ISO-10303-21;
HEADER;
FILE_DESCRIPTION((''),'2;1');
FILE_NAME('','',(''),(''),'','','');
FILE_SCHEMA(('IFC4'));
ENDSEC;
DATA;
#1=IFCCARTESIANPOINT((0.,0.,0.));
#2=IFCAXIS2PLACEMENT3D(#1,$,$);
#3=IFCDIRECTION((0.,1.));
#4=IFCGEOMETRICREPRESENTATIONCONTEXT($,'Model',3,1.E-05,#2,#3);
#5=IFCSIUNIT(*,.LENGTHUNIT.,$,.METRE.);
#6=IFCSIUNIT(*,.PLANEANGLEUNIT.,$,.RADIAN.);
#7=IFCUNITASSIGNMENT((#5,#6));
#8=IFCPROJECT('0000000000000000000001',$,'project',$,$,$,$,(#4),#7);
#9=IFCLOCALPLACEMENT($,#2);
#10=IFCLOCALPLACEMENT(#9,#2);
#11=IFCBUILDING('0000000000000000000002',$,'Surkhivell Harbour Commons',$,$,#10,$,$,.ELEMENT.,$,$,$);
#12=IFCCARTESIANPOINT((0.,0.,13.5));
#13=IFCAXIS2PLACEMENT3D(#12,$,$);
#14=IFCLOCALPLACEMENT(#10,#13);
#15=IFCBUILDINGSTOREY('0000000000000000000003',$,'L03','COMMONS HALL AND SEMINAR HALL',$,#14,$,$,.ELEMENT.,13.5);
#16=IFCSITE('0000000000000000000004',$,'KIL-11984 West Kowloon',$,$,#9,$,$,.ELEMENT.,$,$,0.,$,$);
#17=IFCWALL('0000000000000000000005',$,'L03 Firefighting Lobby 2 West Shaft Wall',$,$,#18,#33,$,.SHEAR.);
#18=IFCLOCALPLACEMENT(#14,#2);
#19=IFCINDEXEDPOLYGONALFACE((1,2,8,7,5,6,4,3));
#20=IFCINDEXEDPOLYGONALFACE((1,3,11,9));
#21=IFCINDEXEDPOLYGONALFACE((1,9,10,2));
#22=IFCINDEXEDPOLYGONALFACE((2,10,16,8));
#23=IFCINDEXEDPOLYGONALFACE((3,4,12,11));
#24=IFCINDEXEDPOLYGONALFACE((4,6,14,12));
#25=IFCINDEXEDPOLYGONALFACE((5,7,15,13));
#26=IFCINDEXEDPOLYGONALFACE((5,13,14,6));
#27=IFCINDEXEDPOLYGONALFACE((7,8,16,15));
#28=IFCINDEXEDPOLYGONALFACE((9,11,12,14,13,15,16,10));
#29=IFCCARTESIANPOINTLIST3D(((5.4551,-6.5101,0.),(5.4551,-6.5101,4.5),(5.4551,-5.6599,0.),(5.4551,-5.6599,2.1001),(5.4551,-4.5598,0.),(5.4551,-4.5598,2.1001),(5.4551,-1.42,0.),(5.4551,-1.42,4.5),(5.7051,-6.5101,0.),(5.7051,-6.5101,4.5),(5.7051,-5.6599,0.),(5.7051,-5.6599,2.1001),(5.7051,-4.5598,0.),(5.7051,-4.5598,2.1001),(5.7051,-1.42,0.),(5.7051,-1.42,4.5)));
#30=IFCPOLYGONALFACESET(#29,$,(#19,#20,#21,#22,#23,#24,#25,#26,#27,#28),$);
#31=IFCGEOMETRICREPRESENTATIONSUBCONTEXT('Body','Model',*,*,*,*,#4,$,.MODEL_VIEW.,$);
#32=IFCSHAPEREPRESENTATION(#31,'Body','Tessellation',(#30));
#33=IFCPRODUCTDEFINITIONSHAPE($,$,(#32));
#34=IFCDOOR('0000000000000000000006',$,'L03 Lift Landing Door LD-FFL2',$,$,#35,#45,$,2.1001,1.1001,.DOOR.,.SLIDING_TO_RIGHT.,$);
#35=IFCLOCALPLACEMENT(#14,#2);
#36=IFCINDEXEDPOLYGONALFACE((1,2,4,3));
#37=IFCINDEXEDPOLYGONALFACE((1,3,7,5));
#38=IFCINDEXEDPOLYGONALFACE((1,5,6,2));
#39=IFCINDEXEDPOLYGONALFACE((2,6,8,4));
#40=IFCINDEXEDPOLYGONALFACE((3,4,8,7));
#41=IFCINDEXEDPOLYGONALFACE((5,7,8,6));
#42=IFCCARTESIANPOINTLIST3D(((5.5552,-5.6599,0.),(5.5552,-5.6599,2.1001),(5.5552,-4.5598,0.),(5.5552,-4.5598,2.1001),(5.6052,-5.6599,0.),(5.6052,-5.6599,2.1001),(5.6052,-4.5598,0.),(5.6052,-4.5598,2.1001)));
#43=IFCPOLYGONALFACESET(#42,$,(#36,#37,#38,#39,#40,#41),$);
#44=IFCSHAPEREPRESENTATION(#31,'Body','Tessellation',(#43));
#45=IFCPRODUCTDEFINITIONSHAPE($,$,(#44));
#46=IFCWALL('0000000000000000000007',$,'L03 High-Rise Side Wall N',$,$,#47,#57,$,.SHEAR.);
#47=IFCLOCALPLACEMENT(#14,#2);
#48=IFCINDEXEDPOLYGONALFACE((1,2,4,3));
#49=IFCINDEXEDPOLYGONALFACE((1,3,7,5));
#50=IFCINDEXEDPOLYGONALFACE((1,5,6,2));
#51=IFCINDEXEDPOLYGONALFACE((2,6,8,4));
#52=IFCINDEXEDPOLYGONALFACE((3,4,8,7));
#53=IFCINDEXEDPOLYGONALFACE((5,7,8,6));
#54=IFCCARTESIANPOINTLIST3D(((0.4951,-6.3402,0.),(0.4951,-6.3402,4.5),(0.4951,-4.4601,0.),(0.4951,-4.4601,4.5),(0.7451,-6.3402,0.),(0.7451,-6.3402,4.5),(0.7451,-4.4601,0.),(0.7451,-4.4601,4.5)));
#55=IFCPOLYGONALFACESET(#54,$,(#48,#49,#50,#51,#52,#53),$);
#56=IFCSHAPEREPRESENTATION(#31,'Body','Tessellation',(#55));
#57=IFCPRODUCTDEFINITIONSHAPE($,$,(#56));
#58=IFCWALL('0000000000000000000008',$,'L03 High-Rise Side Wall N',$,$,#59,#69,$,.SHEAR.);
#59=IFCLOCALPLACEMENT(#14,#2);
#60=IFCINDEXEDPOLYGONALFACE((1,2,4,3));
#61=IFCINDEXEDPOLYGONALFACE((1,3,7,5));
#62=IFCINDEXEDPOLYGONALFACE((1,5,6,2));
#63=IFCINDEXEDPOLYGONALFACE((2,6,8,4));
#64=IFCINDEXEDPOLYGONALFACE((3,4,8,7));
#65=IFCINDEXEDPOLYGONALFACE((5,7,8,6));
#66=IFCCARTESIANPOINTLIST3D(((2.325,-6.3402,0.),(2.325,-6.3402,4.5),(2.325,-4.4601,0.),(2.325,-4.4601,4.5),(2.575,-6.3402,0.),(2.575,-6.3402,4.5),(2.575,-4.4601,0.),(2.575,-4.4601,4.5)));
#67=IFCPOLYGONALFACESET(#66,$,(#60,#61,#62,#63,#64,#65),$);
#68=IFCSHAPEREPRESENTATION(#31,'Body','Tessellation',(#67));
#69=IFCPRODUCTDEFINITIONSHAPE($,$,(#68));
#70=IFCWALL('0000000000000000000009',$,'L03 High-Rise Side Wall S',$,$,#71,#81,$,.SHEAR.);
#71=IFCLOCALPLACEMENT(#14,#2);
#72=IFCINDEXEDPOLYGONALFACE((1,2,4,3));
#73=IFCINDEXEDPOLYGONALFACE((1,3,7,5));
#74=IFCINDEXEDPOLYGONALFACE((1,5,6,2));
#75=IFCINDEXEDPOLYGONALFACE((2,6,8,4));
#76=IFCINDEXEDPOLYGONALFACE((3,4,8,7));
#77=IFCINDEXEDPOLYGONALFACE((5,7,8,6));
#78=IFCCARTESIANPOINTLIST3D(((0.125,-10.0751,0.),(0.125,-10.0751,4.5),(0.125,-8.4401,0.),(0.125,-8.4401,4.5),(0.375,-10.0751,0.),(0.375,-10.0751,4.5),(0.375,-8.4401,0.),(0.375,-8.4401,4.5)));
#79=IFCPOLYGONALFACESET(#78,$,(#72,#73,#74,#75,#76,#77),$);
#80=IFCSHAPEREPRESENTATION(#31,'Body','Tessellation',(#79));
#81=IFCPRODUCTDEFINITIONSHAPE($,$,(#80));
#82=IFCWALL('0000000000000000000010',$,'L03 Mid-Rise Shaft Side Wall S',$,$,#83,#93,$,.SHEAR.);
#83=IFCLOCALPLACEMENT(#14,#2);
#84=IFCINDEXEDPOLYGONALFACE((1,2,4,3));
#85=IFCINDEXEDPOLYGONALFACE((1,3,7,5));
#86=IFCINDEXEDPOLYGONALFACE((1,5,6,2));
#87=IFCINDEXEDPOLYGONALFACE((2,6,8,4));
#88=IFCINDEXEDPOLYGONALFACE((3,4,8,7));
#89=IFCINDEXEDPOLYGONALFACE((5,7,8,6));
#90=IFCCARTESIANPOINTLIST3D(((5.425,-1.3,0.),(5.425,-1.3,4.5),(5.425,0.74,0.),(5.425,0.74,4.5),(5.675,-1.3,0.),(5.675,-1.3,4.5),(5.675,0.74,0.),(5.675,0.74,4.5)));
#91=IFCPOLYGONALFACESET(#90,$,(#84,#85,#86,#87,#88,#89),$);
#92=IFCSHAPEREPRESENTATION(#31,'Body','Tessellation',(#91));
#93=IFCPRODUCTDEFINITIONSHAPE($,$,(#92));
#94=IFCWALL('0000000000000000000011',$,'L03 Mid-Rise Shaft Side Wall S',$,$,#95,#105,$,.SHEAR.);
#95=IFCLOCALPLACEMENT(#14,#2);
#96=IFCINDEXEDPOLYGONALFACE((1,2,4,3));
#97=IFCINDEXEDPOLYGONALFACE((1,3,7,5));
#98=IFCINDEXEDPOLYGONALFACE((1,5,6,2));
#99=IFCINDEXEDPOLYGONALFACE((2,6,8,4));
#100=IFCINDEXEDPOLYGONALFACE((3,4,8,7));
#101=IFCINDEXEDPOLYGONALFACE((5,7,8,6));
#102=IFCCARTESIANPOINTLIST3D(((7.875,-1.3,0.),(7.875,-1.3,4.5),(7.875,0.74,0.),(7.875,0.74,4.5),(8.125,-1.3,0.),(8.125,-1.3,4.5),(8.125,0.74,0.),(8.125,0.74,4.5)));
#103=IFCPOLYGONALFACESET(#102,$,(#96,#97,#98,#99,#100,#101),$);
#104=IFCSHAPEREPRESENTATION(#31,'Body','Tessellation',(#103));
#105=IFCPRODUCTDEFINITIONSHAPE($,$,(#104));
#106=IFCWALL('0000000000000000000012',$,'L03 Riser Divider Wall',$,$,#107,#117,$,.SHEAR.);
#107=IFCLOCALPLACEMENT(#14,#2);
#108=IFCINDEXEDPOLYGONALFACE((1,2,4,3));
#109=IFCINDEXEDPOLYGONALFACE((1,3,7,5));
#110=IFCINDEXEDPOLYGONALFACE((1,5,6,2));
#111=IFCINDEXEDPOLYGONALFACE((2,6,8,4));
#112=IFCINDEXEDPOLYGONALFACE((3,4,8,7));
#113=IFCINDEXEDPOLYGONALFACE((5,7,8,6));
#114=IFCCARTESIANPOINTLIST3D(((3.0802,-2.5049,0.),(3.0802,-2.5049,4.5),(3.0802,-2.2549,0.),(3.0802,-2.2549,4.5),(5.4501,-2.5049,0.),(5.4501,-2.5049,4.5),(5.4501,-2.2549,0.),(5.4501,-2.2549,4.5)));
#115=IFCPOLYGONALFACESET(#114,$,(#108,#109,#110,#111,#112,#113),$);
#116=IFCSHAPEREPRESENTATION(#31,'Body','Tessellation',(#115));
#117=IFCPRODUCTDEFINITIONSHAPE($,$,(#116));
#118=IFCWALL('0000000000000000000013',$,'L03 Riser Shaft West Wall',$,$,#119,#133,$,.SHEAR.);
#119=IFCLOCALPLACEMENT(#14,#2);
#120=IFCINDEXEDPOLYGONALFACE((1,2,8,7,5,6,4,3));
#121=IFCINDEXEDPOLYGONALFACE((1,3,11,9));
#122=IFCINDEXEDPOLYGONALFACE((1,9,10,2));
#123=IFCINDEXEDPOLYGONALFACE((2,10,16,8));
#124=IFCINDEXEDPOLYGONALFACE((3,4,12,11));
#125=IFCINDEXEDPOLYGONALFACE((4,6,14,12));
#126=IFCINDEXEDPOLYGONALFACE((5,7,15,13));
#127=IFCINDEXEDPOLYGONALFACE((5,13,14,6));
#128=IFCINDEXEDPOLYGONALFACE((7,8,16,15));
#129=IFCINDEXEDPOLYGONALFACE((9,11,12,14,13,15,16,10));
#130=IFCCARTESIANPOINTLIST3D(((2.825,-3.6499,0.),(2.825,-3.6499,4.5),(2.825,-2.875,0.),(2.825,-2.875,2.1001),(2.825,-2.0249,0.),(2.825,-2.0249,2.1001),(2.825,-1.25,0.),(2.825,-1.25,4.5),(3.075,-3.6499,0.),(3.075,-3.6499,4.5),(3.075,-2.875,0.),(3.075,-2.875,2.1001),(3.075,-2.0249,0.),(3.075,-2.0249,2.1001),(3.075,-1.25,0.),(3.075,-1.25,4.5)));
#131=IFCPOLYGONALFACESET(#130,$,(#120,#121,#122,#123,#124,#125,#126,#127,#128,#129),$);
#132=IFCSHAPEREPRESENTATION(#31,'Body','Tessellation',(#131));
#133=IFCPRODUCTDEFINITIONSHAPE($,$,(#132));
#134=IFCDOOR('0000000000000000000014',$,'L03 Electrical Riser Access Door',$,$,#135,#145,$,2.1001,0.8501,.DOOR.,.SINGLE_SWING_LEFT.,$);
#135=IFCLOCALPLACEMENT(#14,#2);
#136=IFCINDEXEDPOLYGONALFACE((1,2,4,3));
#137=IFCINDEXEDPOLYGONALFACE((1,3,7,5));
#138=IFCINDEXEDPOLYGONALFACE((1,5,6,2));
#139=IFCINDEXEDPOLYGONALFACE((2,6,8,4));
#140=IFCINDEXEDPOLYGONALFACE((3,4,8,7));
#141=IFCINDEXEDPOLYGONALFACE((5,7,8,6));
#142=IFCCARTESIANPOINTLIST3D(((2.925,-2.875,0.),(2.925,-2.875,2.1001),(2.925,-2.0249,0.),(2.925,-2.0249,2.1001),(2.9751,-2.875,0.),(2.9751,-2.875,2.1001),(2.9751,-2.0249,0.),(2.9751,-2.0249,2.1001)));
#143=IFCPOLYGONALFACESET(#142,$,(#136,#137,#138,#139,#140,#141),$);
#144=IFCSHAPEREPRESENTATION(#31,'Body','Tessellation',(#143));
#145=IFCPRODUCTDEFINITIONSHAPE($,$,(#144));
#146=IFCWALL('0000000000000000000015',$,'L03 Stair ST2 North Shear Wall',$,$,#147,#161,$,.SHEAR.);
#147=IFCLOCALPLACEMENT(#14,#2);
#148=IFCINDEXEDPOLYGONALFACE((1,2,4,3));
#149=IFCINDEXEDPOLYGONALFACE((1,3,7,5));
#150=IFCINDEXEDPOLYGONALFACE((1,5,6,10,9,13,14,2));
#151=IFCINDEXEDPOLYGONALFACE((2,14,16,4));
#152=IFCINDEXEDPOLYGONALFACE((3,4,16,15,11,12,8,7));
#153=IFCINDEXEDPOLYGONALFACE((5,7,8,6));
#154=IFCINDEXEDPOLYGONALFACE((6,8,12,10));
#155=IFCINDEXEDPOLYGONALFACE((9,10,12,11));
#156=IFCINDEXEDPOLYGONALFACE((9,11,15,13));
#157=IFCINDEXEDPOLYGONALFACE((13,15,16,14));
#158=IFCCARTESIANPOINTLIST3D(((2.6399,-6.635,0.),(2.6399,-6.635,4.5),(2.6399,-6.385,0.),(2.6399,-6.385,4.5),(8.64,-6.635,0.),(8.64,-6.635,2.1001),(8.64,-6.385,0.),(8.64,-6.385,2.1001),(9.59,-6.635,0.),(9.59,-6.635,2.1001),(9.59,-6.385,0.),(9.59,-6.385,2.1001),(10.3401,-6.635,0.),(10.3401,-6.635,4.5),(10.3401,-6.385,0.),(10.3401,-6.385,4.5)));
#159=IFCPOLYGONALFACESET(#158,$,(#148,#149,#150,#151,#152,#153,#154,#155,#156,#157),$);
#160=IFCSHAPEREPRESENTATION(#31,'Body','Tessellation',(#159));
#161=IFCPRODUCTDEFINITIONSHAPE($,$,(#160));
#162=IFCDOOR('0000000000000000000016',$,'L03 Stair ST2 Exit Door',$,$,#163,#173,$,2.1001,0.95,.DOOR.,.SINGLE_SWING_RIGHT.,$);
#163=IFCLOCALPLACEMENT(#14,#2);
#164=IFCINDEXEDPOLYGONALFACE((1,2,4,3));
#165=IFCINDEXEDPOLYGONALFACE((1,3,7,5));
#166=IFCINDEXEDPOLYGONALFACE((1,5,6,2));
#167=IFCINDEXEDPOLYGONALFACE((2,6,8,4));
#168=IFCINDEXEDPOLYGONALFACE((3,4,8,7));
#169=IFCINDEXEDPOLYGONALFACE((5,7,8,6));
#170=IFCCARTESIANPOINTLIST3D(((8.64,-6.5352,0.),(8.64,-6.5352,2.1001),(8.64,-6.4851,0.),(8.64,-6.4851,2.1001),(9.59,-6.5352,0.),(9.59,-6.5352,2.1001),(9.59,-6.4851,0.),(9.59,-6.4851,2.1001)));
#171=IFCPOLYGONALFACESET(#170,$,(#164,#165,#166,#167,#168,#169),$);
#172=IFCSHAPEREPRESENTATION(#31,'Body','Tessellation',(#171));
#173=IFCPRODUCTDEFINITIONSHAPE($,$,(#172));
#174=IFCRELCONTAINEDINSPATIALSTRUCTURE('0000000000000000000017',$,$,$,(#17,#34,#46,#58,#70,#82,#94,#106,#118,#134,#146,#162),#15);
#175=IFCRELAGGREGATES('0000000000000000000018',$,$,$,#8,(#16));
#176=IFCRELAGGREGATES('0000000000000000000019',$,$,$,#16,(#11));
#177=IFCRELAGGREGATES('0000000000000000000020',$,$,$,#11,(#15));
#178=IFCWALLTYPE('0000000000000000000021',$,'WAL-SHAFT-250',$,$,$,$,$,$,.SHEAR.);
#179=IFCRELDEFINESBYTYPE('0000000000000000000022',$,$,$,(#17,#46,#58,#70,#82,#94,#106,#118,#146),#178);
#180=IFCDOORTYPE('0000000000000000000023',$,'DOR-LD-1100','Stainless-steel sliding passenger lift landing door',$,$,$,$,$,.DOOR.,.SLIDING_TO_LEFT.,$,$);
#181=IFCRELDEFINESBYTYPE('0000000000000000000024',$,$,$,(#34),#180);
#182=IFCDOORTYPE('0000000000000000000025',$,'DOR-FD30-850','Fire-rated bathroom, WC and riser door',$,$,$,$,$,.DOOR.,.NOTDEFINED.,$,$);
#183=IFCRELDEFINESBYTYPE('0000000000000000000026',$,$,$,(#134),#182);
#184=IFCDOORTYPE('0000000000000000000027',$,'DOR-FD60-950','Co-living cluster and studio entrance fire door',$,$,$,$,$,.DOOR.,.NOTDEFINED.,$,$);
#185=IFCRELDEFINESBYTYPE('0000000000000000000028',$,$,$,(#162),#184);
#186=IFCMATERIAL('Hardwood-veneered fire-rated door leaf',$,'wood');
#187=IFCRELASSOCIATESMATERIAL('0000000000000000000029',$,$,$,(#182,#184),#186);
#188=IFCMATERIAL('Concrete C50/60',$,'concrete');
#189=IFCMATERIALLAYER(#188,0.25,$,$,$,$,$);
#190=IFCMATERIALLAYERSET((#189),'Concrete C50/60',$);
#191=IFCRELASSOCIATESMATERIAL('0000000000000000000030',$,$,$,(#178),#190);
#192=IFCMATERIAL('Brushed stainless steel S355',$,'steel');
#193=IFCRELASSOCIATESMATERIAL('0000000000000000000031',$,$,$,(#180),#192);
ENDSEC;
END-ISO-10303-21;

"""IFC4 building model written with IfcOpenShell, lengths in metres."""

from ifc_helpers import new_model, si_unit, direction, frame, frame_2d, origin, place, context, subcontext, project, spatial, rectangle, extrude, material, layer, layer_set, type_object, element, fill, save


model = new_model("IFC4")

# Units and contexts
model_context = context("Model", 3, precision=1e-05, world=origin(), true_north=direction((0.0, 1.0)))
body_context = subcontext(model_context, "Body", "Model", "MODEL_VIEW")
ifc_project = project(units=[si_unit("LENGTHUNIT", "METRE"), si_unit("PLANEANGLEUNIT", "RADIAN")], contexts=[model_context])

# Site, building, storey
site_placement = place(None, origin())
site = spatial("IfcSite", under=ifc_project, at=site_placement, Name="KIL-11984 West Kowloon", CompositionType="ELEMENT", RefElevation=0.0)
building_placement = place(site_placement, origin())
building = spatial("IfcBuilding", under=site, at=building_placement, Name="Surkhivell Harbour Commons", CompositionType="ELEMENT")
storey_placement = place(building_placement, frame((0.0, 0.0, 13.5)))
storey = spatial("IfcBuildingStorey", under=building, at=storey_placement, Name="L03", Description="COMMONS HALL AND SEMINAR HALL", CompositionType="ELEMENT", Elevation=13.5)

# Shared definitions
ifc_material_1 = material(Name="Hardwood-veneered fire-rated door leaf", Category="wood")

# Shared definitions
door_type_1 = type_object("IfcDoorType", Name="DOR-FD30-850", Description="Fire-rated bathroom, WC and riser door", OperationType="NOTDEFINED", PredefinedType="DOOR", material=ifc_material_1)

# Shared definitions
ifc_material_2 = material(Name="Concrete C50/60", Category="concrete")
ifc_layer_1 = layer(ifc_material_2, 0.25)
ifc_layer_set_1 = layer_set([ifc_layer_1], Name="Concrete C50/60")
wall_type_1 = type_object("IfcWallType", Name="WAL-SHAFT-250", PredefinedType="SHEAR", material=ifc_layer_set_1)

# Wall, opening, door
wall_1_placement = place(storey_placement, frame((5.5801, -6.51, 0.0), z_axis=(0.0, 0.0, 1.0), x_axis=(0.0, 1.0, 0.0)))
wall_1 = element("IfcWall", 1, at=wall_1_placement, inside=storey, type_object=wall_type_1, Name="L03 Firefighting Lobby 2 West Shaft Wall", PredefinedType="SHEAR", context=body_context, shape_type="SweptSolid", body=[
    extrude(rectangle(XDim=5.0901, YDim=0.25, at=frame_2d((2.5449, 0.0))), origin(), (0.0, 0.0, 1.0), 4.5),
])
opening_1_placement = place(wall_1_placement, frame((0.8501, 0.0, 0.0)))
opening_1 = element("IfcOpeningElement", 2, at=opening_1_placement, cuts=wall_1, PredefinedType="OPENING", context=body_context, shape_type="SweptSolid", body=[
    extrude(rectangle(XDim=1.1001, YDim=2.1001, at=frame_2d((0.55, 1.05))), frame((0.0, 0.135, 0.0), z_axis=(0.0, -1.0, 0.0), x_axis=(1.0, 0.0, 0.0)), (0.0, 0.0, 1.0), 0.27),
])
ifc_material_3 = material(Name="Brushed stainless steel S355", Category="steel")
door_type_2 = type_object("IfcDoorType", Name="DOR-LD-1100", Description="Stainless-steel sliding passenger lift landing door", OperationType="SLIDING_TO_LEFT", PredefinedType="DOOR", material=ifc_material_3)
door_1_placement = place(opening_1_placement, origin())
door_1 = element("IfcDoor", 3, at=door_1_placement, inside=storey, type_object=door_type_2, Name="L03 Lift Landing Door LD-FFL2", OperationType="SLIDING_TO_RIGHT", OverallHeight=2.1001, OverallWidth=1.1001, PredefinedType="DOOR", context=body_context, shape_type="SweptSolid", body=[
    extrude(rectangle(XDim=1.1001, YDim=2.1001, at=frame_2d((0.55, 1.05))), frame((0.0, 0.0249, 0.0), z_axis=(0.0, -1.0, 0.0), x_axis=(1.0, 0.0, 0.0)), (0.0, 0.0, 1.0), 0.05),
])
fill(opening_1, door_1)

# Walls
for number, where, z_axis, x_axis, name in (
    (4, (0.6201, -6.3401, 0.0), (0.0, 0.0, 1.0), (0.0, 1.0, 0.0), "L03 High-Rise Side Wall N"),
    (5, (2.45, -6.3401, 0.0), (0.0, 0.0, 1.0), (0.0, 1.0, 0.0), "L03 High-Rise Side Wall N"),
):
    element("IfcWall", number, at=place(storey_placement, frame(where, z_axis=z_axis, x_axis=x_axis)), inside=storey, type_object=wall_type_1, Name=name, PredefinedType="SHEAR", context=body_context, shape_type="SweptSolid", body=[
        extrude(rectangle(XDim=1.8801, YDim=0.25, at=frame_2d((0.9399, 0.0))), origin(), (0.0, 0.0, 1.0), 4.5),
    ])
wall_2_placement = place(storey_placement, frame((0.25, -10.075, 0.0), z_axis=(0.0, 0.0, 1.0), x_axis=(0.0, 1.0, 0.0)))
element("IfcWall", 6, at=wall_2_placement, inside=storey, type_object=wall_type_1, Name="L03 High-Rise Side Wall S", PredefinedType="SHEAR", context=body_context, shape_type="SweptSolid", body=[
    extrude(rectangle(XDim=1.635, YDim=0.25, at=frame_2d((0.8174, 0.0))), origin(), (0.0, 0.0, 1.0), 4.5),
])
for number, where, z_axis, x_axis, name in (
    (7, (5.55, -1.3, 0.0), (0.0, 0.0, 1.0), (0.0, 1.0, 0.0), "L03 Mid-Rise Shaft Side Wall S"),
    (8, (8.0, -1.3, 0.0), (0.0, 0.0, 1.0), (0.0, 1.0, 0.0), "L03 Mid-Rise Shaft Side Wall S"),
):
    element("IfcWall", number, at=place(storey_placement, frame(where, z_axis=z_axis, x_axis=x_axis)), inside=storey, type_object=wall_type_1, Name=name, PredefinedType="SHEAR", context=body_context, shape_type="SweptSolid", body=[
        extrude(rectangle(XDim=2.04, YDim=0.25, at=frame_2d((1.02, 0.0))), origin(), (0.0, 0.0, 1.0), 4.5),
    ])
wall_3_placement = place(storey_placement, frame((3.0801, -2.3799, 0.0), z_axis=(0.0, 0.0, 1.0), x_axis=(1.0, 0.0, 0.0)))
element("IfcWall", 9, at=wall_3_placement, inside=storey, type_object=wall_type_1, Name="L03 Riser Divider Wall", PredefinedType="SHEAR", context=body_context, shape_type="SweptSolid", body=[
    extrude(rectangle(XDim=2.3699, YDim=0.25, at=frame_2d((1.1851, 0.0))), origin(), (0.0, 0.0, 1.0), 4.5),
])

# Walls, openings, doors
wall_4_placement = place(storey_placement, frame((2.95, -3.6499, 0.0), z_axis=(0.0, 0.0, 1.0), x_axis=(0.0, 1.0, 0.0)))
wall_4 = element("IfcWall", 10, at=wall_4_placement, inside=storey, type_object=wall_type_1, Name="L03 Riser Shaft West Wall", PredefinedType="SHEAR", context=body_context, shape_type="SweptSolid", body=[
    extrude(rectangle(XDim=2.3999, YDim=0.25, at=frame_2d((1.2, 0.0))), origin(), (0.0, 0.0, 1.0), 4.5),
])
opening_2_placement = place(wall_4_placement, frame((0.7749, 0.0, 0.0)))
opening_2 = element("IfcOpeningElement", 11, at=opening_2_placement, cuts=wall_4, PredefinedType="OPENING", context=body_context, shape_type="SweptSolid", body=[
    extrude(rectangle(XDim=0.8501, YDim=2.1001, at=frame_2d((0.425, 1.05))), frame((0.0, 0.135, 0.0), z_axis=(0.0, -1.0, 0.0), x_axis=(1.0, 0.0, 0.0)), (0.0, 0.0, 1.0), 0.27),
])
door_2_placement = place(opening_2_placement, origin())
door_2 = element("IfcDoor", 12, at=door_2_placement, inside=storey, type_object=door_type_1, Name="L03 Electrical Riser Access Door", OperationType="SINGLE_SWING_LEFT", OverallHeight=2.1001, OverallWidth=0.8501, PredefinedType="DOOR", context=body_context, shape_type="SweptSolid", body=[
    extrude(rectangle(XDim=0.8501, YDim=2.1001, at=frame_2d((0.425, 1.05))), frame((0.0, 0.0249, 0.0), z_axis=(0.0, -1.0, 0.0), x_axis=(1.0, 0.0, 0.0)), (0.0, 0.0, 1.0), 0.05),
])
fill(opening_2, door_2)
wall_5_placement = place(storey_placement, frame((2.6399, -6.51, 0.0), z_axis=(0.0, 0.0, 1.0), x_axis=(1.0, 0.0, 0.0)))
wall_5 = element("IfcWall", 13, at=wall_5_placement, inside=storey, type_object=wall_type_1, Name="L03 Stair ST2 North Shear Wall", PredefinedType="SHEAR", context=body_context, shape_type="SweptSolid", body=[
    extrude(rectangle(XDim=7.7002, YDim=0.25, at=frame_2d((3.8501, 0.0))), origin(), (0.0, 0.0, 1.0), 4.5),
])
opening_3_placement = place(wall_5_placement, frame((6.0, 0.0, 0.0)))
opening_3 = element("IfcOpeningElement", 14, at=opening_3_placement, cuts=wall_5, PredefinedType="OPENING", context=body_context, shape_type="SweptSolid", body=[
    extrude(rectangle(XDim=0.95, YDim=2.1001, at=frame_2d((0.4751, 1.05))), frame((0.0, 0.135, 0.0), z_axis=(0.0, -1.0, 0.0), x_axis=(1.0, 0.0, 0.0)), (0.0, 0.0, 1.0), 0.27),
])
door_type_3 = type_object("IfcDoorType", Name="DOR-FD60-950", Description="Co-living cluster and studio entrance fire door", OperationType="NOTDEFINED", PredefinedType="DOOR", material=ifc_material_1)
door_3_placement = place(opening_3_placement, origin())
door_3 = element("IfcDoor", 15, at=door_3_placement, inside=storey, type_object=door_type_3, Name="L03 Stair ST2 Exit Door", OperationType="SINGLE_SWING_RIGHT", OverallHeight=2.1001, OverallWidth=0.95, PredefinedType="DOOR", context=body_context, shape_type="SweptSolid", body=[
    extrude(rectangle(XDim=0.95, YDim=2.1001, at=frame_2d((0.4751, 1.05))), frame((0.0, 0.0249, 0.0), z_axis=(0.0, -1.0, 0.0), x_axis=(1.0, 0.0, 0.0)), (0.0, 0.0, 1.0), 0.05),
])
fill(opening_3, door_3)

save(model, "model.ifc")
